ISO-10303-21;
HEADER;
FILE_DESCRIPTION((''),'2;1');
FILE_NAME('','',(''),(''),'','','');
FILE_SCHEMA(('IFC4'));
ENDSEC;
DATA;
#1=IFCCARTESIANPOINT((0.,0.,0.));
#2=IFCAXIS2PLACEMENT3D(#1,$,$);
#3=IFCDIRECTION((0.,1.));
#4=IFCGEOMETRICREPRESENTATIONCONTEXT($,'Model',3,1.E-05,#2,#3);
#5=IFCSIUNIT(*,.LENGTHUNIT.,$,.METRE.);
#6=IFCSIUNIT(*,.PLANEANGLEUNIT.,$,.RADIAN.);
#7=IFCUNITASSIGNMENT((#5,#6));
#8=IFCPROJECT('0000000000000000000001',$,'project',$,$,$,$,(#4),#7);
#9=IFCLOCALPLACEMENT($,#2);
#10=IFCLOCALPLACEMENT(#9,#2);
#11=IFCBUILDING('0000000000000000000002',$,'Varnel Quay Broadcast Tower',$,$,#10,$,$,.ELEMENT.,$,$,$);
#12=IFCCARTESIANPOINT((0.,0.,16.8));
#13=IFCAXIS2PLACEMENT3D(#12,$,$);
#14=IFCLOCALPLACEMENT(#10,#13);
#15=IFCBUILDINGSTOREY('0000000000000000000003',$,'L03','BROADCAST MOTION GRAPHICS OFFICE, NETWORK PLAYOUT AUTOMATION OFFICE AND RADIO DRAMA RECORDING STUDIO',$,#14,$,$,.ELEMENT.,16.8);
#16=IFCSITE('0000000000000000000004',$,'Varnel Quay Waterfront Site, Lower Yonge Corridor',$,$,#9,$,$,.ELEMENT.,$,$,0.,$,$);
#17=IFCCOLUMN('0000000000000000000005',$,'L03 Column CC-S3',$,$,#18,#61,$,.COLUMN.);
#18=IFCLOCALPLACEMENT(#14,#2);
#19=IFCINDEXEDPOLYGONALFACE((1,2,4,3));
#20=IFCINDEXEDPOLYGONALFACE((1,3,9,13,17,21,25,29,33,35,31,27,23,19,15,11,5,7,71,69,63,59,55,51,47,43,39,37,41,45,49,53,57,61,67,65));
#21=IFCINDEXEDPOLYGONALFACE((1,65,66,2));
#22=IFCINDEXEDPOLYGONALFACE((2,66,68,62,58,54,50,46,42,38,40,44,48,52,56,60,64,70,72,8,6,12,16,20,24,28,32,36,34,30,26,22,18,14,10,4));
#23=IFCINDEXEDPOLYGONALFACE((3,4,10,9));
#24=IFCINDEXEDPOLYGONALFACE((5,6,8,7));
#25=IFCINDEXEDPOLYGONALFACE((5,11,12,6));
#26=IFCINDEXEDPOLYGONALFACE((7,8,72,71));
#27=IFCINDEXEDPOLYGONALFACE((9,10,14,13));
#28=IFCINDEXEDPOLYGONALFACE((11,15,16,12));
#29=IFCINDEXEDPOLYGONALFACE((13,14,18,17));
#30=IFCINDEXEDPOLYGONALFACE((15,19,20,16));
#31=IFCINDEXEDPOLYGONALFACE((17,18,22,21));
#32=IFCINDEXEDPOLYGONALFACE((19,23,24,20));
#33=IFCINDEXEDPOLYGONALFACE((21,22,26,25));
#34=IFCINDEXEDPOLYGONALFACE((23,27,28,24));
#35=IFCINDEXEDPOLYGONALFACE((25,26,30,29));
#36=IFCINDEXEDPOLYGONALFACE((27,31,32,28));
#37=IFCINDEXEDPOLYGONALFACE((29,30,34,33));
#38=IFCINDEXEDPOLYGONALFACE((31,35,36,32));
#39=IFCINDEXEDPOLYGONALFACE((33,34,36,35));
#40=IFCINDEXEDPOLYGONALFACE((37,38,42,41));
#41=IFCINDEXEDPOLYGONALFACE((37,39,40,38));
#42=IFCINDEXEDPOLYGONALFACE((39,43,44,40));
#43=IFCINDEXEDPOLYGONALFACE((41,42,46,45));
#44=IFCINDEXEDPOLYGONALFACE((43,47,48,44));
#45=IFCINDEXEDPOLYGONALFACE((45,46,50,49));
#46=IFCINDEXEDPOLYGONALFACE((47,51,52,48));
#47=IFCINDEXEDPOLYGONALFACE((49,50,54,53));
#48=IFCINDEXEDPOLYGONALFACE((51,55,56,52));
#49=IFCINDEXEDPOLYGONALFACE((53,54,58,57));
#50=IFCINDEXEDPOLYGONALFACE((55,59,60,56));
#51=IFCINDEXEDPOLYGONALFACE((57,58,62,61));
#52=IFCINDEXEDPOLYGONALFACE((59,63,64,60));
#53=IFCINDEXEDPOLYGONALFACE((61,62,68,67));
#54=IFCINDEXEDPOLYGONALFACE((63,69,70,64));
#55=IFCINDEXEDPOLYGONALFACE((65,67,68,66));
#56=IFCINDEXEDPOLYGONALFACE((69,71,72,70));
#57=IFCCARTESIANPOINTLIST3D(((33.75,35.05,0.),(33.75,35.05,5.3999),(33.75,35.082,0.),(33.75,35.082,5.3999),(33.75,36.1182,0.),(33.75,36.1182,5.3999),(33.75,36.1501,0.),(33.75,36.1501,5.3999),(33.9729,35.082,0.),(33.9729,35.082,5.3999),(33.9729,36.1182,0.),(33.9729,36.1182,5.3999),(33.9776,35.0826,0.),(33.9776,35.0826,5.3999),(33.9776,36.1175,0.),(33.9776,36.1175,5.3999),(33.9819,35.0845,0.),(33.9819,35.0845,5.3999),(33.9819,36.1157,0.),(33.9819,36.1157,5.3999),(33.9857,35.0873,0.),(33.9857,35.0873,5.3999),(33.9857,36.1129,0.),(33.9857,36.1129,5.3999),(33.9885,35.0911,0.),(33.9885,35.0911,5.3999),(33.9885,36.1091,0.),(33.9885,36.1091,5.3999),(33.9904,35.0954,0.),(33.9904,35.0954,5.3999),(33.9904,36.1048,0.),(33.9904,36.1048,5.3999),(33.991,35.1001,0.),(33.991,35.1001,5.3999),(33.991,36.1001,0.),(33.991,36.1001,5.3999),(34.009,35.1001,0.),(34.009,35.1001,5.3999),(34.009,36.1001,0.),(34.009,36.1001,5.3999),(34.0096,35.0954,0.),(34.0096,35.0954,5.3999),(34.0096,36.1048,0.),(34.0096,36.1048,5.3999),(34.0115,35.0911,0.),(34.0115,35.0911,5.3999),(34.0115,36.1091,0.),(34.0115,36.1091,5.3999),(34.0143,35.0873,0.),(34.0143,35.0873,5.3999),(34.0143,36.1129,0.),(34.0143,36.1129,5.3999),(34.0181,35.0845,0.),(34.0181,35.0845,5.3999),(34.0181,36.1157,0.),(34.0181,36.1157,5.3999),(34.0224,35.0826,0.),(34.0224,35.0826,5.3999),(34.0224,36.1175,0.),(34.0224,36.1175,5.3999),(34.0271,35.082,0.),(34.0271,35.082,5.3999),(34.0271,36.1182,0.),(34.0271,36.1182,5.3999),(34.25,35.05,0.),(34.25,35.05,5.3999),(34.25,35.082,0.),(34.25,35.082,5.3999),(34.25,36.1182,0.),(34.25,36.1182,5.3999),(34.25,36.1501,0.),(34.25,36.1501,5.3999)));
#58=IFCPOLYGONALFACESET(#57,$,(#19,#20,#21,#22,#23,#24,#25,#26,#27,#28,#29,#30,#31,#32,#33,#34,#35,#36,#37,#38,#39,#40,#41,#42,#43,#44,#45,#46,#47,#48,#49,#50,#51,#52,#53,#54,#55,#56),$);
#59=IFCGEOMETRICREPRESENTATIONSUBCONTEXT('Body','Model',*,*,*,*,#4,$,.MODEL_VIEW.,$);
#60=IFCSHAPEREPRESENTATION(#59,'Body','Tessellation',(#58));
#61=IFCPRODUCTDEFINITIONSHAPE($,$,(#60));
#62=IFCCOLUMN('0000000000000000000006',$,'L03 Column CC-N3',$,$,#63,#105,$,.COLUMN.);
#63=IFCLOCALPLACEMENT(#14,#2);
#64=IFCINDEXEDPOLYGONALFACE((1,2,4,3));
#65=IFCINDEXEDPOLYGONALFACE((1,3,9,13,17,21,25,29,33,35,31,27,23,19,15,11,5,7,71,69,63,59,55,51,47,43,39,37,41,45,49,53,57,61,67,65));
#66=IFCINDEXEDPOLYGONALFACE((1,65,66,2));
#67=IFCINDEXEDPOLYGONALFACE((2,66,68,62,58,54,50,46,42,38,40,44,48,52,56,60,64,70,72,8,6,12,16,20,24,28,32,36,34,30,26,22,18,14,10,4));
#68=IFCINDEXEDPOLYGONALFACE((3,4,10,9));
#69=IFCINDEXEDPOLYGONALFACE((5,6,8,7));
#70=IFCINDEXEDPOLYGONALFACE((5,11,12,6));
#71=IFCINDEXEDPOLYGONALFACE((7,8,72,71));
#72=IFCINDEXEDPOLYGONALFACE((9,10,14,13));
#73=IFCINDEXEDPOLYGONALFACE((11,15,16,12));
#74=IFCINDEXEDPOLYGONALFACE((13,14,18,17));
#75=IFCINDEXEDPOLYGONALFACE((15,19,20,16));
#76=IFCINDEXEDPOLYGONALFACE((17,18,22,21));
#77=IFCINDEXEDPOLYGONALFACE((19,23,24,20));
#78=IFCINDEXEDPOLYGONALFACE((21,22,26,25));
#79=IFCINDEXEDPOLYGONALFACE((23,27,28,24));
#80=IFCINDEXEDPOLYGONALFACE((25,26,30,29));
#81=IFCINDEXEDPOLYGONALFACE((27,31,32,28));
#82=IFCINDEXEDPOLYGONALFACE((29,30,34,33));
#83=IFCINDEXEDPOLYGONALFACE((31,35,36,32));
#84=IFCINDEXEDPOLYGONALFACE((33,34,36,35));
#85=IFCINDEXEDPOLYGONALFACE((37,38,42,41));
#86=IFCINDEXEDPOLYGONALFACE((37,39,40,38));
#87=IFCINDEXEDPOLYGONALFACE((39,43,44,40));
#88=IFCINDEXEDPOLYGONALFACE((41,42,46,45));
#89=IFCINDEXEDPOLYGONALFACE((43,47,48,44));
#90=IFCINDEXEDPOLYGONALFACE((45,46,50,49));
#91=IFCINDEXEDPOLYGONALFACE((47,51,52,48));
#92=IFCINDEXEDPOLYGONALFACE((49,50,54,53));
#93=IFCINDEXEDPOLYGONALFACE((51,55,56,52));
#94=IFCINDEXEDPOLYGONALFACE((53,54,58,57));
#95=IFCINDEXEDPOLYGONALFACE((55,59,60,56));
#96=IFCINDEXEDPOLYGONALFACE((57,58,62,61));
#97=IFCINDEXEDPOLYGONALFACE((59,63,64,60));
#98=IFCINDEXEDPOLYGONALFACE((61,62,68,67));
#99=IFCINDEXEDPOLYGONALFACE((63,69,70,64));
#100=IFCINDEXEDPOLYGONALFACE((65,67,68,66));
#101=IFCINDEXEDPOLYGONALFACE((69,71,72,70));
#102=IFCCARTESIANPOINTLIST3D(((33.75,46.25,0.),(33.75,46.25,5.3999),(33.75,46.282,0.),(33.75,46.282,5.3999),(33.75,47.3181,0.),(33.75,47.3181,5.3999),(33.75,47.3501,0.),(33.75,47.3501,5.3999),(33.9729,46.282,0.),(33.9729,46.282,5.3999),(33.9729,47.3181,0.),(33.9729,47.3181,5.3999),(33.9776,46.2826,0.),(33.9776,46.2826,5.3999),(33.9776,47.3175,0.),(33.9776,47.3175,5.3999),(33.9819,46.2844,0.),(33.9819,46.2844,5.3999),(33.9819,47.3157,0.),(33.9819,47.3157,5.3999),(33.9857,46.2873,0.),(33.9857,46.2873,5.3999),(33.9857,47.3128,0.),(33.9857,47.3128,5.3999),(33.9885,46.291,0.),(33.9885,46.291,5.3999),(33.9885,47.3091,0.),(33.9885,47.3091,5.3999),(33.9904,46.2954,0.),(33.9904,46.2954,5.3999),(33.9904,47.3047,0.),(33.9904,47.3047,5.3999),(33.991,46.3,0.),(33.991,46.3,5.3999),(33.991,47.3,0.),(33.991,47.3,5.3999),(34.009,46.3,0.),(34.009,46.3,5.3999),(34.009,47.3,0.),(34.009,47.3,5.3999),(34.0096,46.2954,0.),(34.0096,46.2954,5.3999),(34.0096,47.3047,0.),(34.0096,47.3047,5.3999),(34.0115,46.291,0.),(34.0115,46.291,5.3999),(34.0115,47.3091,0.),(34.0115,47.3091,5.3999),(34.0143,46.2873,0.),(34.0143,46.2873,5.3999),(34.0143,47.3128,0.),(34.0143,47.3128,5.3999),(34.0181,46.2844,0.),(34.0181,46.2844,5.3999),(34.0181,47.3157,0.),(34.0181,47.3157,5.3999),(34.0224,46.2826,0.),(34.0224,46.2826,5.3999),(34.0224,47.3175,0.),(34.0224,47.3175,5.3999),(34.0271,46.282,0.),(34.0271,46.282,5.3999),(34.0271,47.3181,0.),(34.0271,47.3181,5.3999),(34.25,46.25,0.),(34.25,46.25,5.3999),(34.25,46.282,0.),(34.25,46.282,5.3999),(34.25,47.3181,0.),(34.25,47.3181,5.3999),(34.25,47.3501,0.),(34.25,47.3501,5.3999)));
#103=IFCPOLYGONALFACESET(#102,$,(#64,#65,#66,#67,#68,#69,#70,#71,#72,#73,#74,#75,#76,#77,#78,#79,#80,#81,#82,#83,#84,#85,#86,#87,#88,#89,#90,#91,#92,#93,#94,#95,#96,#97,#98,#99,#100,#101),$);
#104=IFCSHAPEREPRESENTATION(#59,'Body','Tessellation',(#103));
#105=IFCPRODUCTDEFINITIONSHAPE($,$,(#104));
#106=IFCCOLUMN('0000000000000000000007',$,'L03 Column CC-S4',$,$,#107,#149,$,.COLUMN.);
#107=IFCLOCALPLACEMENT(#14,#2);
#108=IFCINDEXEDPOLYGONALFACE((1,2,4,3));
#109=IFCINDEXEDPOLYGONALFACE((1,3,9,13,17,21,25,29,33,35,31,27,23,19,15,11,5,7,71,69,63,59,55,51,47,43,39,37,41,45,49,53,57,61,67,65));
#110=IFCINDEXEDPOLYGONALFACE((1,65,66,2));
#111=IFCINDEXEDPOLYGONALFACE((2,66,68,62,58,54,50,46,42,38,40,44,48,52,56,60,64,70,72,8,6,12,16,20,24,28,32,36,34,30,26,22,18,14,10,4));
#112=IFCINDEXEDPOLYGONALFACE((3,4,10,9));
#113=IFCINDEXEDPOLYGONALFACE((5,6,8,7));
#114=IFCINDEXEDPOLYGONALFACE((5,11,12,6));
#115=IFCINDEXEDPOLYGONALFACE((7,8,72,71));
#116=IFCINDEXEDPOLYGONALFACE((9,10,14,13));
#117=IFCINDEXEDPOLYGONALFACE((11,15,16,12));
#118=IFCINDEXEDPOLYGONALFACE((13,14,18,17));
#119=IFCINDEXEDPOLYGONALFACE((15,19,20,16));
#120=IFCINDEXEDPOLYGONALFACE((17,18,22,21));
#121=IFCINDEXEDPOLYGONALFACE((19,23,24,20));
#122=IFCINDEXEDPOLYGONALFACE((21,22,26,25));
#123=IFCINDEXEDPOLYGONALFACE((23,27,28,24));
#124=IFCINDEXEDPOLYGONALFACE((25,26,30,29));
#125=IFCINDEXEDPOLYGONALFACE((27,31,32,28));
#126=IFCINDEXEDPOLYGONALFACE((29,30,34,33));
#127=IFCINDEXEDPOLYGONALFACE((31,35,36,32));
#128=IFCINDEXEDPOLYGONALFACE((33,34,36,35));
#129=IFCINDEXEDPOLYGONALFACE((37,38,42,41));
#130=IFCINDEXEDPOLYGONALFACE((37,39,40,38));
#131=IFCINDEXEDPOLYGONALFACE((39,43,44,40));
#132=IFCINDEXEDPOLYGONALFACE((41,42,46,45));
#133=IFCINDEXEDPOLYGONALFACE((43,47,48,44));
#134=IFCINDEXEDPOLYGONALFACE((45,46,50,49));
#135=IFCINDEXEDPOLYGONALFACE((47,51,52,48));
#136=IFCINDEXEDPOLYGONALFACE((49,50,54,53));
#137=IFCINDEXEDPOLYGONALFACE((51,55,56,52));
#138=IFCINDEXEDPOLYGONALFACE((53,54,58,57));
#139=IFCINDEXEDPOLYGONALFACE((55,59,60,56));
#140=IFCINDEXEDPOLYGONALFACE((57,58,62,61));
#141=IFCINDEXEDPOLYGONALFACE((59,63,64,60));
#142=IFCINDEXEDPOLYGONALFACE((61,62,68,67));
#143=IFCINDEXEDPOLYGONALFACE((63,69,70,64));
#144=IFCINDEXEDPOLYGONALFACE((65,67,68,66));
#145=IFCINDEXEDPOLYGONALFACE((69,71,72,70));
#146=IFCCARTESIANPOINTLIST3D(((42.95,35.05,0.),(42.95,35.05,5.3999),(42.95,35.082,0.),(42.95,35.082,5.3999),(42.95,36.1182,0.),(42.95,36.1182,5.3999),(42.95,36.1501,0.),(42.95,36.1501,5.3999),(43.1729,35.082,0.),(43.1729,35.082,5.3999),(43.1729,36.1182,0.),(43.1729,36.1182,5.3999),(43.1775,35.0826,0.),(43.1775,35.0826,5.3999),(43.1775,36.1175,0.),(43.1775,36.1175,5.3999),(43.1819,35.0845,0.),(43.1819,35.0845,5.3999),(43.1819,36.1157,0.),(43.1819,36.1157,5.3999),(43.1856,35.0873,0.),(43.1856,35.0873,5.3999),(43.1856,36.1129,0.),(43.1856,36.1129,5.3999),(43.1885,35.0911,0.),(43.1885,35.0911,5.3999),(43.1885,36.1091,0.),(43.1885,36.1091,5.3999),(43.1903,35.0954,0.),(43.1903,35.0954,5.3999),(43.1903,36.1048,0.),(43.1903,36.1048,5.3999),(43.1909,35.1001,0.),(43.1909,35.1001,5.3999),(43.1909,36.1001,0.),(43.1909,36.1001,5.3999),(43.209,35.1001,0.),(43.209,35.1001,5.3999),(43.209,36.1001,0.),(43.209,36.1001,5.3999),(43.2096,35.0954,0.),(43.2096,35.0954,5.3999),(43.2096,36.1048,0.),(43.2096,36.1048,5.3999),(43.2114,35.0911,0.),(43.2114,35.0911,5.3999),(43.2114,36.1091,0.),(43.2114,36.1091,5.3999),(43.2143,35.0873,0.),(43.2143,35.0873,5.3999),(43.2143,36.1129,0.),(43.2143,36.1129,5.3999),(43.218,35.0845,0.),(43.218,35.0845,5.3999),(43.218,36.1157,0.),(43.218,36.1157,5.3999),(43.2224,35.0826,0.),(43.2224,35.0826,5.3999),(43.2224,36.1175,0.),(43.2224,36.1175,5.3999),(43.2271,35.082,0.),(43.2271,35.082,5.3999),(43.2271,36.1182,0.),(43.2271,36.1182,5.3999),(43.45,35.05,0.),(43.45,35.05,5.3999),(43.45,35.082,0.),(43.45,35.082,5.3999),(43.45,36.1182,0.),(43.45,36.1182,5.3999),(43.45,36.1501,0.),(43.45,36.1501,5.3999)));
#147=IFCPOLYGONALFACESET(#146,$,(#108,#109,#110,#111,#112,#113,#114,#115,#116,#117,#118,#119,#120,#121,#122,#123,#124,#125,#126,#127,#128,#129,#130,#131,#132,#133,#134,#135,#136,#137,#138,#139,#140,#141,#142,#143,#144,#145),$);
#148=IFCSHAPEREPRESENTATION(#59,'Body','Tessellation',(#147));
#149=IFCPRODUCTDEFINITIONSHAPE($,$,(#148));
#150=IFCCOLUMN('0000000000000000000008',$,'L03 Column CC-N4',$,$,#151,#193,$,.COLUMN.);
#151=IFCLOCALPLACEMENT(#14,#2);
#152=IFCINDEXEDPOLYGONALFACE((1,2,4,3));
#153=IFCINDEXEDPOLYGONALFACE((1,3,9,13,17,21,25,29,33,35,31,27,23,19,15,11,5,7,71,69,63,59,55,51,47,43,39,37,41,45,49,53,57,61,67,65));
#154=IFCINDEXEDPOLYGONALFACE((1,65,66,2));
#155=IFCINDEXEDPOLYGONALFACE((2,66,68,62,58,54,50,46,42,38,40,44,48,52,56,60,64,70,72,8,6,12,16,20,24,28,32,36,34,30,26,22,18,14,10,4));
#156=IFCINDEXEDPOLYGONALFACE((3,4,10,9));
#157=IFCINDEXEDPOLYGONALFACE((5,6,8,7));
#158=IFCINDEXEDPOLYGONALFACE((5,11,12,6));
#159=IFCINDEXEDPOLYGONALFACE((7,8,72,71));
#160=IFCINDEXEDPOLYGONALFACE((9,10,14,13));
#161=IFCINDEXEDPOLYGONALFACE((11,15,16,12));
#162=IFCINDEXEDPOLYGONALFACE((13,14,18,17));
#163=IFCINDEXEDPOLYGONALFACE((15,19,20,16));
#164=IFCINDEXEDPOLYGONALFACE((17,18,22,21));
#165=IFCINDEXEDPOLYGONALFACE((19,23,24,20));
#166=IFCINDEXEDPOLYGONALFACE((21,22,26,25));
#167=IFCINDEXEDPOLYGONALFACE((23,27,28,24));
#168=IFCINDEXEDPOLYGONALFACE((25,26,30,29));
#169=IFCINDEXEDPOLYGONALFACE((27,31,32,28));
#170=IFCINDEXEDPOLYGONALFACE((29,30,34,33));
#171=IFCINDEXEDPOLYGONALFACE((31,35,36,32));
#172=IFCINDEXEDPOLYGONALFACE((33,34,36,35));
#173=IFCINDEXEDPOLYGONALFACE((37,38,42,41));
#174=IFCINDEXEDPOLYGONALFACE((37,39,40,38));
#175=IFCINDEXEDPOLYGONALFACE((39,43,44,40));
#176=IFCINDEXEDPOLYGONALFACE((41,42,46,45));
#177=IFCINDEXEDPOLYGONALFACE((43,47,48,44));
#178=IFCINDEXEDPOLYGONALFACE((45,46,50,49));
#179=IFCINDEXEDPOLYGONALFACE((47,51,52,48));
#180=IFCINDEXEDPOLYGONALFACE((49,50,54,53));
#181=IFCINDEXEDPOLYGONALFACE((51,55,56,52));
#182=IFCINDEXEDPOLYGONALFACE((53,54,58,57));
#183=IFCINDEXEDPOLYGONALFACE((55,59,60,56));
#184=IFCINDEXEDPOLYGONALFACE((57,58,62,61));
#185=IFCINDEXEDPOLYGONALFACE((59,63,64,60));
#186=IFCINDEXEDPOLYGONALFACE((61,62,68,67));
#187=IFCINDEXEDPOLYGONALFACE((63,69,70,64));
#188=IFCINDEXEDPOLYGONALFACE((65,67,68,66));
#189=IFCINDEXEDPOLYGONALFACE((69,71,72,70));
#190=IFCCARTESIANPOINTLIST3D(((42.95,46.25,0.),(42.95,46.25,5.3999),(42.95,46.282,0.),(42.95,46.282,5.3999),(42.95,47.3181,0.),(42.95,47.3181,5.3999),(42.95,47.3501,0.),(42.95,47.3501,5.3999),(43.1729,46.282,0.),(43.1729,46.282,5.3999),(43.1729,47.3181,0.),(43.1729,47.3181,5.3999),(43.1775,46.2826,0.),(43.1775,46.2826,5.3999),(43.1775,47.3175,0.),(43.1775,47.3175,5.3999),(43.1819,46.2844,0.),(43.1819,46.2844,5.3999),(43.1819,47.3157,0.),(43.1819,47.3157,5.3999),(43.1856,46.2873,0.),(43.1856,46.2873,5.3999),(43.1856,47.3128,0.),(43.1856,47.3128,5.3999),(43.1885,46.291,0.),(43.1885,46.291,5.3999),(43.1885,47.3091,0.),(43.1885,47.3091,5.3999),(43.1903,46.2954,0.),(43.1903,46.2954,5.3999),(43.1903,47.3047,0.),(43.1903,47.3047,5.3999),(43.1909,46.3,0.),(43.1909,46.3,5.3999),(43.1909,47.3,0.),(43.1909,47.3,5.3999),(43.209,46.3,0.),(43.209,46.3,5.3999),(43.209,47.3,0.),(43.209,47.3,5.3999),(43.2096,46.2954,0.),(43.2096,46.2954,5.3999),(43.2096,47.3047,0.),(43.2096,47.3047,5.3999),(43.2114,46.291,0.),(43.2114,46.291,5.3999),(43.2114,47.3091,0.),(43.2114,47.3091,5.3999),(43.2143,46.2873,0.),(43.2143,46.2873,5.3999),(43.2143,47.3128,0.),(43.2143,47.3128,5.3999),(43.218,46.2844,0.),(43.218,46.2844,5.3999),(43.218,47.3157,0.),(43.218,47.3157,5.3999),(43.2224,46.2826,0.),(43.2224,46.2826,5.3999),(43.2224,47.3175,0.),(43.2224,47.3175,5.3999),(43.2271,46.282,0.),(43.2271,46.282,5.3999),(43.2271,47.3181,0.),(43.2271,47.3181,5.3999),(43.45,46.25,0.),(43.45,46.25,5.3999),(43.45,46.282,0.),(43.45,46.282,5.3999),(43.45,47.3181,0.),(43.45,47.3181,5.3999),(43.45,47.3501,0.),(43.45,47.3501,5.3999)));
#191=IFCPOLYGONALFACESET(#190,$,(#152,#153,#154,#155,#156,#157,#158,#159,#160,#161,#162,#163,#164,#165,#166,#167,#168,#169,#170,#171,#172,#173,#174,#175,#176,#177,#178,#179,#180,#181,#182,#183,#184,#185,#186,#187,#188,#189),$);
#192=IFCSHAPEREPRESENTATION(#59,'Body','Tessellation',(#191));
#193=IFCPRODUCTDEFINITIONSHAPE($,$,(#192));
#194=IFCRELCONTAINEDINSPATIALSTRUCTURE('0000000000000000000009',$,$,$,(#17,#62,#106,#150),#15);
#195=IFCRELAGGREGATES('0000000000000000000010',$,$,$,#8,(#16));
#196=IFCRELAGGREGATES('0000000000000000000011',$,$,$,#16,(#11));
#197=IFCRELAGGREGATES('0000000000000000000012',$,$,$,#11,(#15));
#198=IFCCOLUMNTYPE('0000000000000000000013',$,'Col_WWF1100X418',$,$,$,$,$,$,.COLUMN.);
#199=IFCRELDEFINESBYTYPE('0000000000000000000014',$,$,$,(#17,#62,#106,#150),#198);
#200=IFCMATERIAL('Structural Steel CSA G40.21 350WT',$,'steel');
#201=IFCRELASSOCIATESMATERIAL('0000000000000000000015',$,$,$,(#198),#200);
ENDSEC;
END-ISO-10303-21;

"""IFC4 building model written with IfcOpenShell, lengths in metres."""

from ifc_helpers import new_model, si_unit, direction, frame, origin, origin_2d, place, context, subcontext, project, spatial, i_section, extrude, source, transform, mapped, material, material_profile, profile_set, type_object, type_shapes, element, save


model = new_model("IFC4")

# Units and contexts
model_context = context("Model", 3, precision=1e-05, world=origin(), true_north=direction((0.0, 1.0)))
body_context = subcontext(model_context, "Body", "Model", "MODEL_VIEW")
ifc_project = project(units=[si_unit("LENGTHUNIT", "METRE"), si_unit("PLANEANGLEUNIT", "RADIAN")], contexts=[model_context])

# Site, building, storey
site_placement = place(None, origin())
site = spatial("IfcSite", under=ifc_project, at=site_placement, Name="Varnel Quay Waterfront Site, Lower Yonge Corridor", CompositionType="ELEMENT", RefElevation=0.0)
building_placement = place(site_placement, origin())
building = spatial("IfcBuilding", under=site, at=building_placement, Name="Varnel Quay Broadcast Tower", CompositionType="ELEMENT")
storey_placement = place(building_placement, frame((0.0, 0.0, 16.8)))
storey = spatial("IfcBuildingStorey", under=building, at=storey_placement, Name="L03", Description="BROADCAST MOTION GRAPHICS OFFICE, NETWORK PLAYOUT AUTOMATION OFFICE AND RADIO DRAMA RECORDING STUDIO", CompositionType="ELEMENT", Elevation=16.8)

# Columns
ifc_material_1 = material(Name="Structural Steel CSA G40.21 350WT", Category="steel")
ifc_material_profile_1 = material_profile(ifc_material_1, i_section(OverallWidth=0.5, OverallDepth=1.1001, WebThickness=0.0181, FlangeThickness=0.032, FilletRadius=0.0181, at=origin_2d()), Name="WWF1100X418")
ifc_profile_set_1 = profile_set([ifc_material_profile_1], Name="Structural Steel CSA G40.21 350WT")
column_type_1 = type_object("IfcColumnType", Name="Col_WWF1100X418", PredefinedType="COLUMN", material=ifc_profile_set_1)
shared_shape_1 = source(origin(), body_context, "Body", "SweptSolid", [
    extrude(i_section(OverallWidth=0.5, OverallDepth=1.1001, WebThickness=0.0181, FlangeThickness=0.032, FilletRadius=0.0181, at=origin_2d()), origin(), (0.0, 0.0, 1.0), 5.3999),
])
type_shapes(column_type_1, [shared_shape_1])
for number, where, z_axis, x_axis, name in (
    (1, (34.0, 35.6001, 0.0), (0.0, 0.0, 1.0), (1.0, 0.0, 0.0), "L03 Column CC-S3"),
    (2, (34.0, 46.8, 0.0), (0.0, 0.0, 1.0), (1.0, 0.0, 0.0), "L03 Column CC-N3"),
    (3, (43.2, 35.6001, 0.0), (0.0, 0.0, 1.0), (1.0, 0.0, 0.0), "L03 Column CC-S4"),
    (4, (43.2, 46.8, 0.0), (0.0, 0.0, 1.0), (1.0, 0.0, 0.0), "L03 Column CC-N4"),
):
    element("IfcColumn", number, at=place(storey_placement, frame(where, z_axis=z_axis, x_axis=x_axis)), inside=storey, type_object=column_type_1, Name=name, PredefinedType="COLUMN", context=body_context, shape_type="MappedRepresentation", body=[
        mapped(shared_shape_1, transform((0.0, 0.0, 0.0), x_axis=(1.0, 0.0, 0.0), y_axis=(0.0, 1.0, 0.0), z_axis=(0.0, 0.0, 1.0), scale=1.0)),
    ])

save(model, "model.ifc")
